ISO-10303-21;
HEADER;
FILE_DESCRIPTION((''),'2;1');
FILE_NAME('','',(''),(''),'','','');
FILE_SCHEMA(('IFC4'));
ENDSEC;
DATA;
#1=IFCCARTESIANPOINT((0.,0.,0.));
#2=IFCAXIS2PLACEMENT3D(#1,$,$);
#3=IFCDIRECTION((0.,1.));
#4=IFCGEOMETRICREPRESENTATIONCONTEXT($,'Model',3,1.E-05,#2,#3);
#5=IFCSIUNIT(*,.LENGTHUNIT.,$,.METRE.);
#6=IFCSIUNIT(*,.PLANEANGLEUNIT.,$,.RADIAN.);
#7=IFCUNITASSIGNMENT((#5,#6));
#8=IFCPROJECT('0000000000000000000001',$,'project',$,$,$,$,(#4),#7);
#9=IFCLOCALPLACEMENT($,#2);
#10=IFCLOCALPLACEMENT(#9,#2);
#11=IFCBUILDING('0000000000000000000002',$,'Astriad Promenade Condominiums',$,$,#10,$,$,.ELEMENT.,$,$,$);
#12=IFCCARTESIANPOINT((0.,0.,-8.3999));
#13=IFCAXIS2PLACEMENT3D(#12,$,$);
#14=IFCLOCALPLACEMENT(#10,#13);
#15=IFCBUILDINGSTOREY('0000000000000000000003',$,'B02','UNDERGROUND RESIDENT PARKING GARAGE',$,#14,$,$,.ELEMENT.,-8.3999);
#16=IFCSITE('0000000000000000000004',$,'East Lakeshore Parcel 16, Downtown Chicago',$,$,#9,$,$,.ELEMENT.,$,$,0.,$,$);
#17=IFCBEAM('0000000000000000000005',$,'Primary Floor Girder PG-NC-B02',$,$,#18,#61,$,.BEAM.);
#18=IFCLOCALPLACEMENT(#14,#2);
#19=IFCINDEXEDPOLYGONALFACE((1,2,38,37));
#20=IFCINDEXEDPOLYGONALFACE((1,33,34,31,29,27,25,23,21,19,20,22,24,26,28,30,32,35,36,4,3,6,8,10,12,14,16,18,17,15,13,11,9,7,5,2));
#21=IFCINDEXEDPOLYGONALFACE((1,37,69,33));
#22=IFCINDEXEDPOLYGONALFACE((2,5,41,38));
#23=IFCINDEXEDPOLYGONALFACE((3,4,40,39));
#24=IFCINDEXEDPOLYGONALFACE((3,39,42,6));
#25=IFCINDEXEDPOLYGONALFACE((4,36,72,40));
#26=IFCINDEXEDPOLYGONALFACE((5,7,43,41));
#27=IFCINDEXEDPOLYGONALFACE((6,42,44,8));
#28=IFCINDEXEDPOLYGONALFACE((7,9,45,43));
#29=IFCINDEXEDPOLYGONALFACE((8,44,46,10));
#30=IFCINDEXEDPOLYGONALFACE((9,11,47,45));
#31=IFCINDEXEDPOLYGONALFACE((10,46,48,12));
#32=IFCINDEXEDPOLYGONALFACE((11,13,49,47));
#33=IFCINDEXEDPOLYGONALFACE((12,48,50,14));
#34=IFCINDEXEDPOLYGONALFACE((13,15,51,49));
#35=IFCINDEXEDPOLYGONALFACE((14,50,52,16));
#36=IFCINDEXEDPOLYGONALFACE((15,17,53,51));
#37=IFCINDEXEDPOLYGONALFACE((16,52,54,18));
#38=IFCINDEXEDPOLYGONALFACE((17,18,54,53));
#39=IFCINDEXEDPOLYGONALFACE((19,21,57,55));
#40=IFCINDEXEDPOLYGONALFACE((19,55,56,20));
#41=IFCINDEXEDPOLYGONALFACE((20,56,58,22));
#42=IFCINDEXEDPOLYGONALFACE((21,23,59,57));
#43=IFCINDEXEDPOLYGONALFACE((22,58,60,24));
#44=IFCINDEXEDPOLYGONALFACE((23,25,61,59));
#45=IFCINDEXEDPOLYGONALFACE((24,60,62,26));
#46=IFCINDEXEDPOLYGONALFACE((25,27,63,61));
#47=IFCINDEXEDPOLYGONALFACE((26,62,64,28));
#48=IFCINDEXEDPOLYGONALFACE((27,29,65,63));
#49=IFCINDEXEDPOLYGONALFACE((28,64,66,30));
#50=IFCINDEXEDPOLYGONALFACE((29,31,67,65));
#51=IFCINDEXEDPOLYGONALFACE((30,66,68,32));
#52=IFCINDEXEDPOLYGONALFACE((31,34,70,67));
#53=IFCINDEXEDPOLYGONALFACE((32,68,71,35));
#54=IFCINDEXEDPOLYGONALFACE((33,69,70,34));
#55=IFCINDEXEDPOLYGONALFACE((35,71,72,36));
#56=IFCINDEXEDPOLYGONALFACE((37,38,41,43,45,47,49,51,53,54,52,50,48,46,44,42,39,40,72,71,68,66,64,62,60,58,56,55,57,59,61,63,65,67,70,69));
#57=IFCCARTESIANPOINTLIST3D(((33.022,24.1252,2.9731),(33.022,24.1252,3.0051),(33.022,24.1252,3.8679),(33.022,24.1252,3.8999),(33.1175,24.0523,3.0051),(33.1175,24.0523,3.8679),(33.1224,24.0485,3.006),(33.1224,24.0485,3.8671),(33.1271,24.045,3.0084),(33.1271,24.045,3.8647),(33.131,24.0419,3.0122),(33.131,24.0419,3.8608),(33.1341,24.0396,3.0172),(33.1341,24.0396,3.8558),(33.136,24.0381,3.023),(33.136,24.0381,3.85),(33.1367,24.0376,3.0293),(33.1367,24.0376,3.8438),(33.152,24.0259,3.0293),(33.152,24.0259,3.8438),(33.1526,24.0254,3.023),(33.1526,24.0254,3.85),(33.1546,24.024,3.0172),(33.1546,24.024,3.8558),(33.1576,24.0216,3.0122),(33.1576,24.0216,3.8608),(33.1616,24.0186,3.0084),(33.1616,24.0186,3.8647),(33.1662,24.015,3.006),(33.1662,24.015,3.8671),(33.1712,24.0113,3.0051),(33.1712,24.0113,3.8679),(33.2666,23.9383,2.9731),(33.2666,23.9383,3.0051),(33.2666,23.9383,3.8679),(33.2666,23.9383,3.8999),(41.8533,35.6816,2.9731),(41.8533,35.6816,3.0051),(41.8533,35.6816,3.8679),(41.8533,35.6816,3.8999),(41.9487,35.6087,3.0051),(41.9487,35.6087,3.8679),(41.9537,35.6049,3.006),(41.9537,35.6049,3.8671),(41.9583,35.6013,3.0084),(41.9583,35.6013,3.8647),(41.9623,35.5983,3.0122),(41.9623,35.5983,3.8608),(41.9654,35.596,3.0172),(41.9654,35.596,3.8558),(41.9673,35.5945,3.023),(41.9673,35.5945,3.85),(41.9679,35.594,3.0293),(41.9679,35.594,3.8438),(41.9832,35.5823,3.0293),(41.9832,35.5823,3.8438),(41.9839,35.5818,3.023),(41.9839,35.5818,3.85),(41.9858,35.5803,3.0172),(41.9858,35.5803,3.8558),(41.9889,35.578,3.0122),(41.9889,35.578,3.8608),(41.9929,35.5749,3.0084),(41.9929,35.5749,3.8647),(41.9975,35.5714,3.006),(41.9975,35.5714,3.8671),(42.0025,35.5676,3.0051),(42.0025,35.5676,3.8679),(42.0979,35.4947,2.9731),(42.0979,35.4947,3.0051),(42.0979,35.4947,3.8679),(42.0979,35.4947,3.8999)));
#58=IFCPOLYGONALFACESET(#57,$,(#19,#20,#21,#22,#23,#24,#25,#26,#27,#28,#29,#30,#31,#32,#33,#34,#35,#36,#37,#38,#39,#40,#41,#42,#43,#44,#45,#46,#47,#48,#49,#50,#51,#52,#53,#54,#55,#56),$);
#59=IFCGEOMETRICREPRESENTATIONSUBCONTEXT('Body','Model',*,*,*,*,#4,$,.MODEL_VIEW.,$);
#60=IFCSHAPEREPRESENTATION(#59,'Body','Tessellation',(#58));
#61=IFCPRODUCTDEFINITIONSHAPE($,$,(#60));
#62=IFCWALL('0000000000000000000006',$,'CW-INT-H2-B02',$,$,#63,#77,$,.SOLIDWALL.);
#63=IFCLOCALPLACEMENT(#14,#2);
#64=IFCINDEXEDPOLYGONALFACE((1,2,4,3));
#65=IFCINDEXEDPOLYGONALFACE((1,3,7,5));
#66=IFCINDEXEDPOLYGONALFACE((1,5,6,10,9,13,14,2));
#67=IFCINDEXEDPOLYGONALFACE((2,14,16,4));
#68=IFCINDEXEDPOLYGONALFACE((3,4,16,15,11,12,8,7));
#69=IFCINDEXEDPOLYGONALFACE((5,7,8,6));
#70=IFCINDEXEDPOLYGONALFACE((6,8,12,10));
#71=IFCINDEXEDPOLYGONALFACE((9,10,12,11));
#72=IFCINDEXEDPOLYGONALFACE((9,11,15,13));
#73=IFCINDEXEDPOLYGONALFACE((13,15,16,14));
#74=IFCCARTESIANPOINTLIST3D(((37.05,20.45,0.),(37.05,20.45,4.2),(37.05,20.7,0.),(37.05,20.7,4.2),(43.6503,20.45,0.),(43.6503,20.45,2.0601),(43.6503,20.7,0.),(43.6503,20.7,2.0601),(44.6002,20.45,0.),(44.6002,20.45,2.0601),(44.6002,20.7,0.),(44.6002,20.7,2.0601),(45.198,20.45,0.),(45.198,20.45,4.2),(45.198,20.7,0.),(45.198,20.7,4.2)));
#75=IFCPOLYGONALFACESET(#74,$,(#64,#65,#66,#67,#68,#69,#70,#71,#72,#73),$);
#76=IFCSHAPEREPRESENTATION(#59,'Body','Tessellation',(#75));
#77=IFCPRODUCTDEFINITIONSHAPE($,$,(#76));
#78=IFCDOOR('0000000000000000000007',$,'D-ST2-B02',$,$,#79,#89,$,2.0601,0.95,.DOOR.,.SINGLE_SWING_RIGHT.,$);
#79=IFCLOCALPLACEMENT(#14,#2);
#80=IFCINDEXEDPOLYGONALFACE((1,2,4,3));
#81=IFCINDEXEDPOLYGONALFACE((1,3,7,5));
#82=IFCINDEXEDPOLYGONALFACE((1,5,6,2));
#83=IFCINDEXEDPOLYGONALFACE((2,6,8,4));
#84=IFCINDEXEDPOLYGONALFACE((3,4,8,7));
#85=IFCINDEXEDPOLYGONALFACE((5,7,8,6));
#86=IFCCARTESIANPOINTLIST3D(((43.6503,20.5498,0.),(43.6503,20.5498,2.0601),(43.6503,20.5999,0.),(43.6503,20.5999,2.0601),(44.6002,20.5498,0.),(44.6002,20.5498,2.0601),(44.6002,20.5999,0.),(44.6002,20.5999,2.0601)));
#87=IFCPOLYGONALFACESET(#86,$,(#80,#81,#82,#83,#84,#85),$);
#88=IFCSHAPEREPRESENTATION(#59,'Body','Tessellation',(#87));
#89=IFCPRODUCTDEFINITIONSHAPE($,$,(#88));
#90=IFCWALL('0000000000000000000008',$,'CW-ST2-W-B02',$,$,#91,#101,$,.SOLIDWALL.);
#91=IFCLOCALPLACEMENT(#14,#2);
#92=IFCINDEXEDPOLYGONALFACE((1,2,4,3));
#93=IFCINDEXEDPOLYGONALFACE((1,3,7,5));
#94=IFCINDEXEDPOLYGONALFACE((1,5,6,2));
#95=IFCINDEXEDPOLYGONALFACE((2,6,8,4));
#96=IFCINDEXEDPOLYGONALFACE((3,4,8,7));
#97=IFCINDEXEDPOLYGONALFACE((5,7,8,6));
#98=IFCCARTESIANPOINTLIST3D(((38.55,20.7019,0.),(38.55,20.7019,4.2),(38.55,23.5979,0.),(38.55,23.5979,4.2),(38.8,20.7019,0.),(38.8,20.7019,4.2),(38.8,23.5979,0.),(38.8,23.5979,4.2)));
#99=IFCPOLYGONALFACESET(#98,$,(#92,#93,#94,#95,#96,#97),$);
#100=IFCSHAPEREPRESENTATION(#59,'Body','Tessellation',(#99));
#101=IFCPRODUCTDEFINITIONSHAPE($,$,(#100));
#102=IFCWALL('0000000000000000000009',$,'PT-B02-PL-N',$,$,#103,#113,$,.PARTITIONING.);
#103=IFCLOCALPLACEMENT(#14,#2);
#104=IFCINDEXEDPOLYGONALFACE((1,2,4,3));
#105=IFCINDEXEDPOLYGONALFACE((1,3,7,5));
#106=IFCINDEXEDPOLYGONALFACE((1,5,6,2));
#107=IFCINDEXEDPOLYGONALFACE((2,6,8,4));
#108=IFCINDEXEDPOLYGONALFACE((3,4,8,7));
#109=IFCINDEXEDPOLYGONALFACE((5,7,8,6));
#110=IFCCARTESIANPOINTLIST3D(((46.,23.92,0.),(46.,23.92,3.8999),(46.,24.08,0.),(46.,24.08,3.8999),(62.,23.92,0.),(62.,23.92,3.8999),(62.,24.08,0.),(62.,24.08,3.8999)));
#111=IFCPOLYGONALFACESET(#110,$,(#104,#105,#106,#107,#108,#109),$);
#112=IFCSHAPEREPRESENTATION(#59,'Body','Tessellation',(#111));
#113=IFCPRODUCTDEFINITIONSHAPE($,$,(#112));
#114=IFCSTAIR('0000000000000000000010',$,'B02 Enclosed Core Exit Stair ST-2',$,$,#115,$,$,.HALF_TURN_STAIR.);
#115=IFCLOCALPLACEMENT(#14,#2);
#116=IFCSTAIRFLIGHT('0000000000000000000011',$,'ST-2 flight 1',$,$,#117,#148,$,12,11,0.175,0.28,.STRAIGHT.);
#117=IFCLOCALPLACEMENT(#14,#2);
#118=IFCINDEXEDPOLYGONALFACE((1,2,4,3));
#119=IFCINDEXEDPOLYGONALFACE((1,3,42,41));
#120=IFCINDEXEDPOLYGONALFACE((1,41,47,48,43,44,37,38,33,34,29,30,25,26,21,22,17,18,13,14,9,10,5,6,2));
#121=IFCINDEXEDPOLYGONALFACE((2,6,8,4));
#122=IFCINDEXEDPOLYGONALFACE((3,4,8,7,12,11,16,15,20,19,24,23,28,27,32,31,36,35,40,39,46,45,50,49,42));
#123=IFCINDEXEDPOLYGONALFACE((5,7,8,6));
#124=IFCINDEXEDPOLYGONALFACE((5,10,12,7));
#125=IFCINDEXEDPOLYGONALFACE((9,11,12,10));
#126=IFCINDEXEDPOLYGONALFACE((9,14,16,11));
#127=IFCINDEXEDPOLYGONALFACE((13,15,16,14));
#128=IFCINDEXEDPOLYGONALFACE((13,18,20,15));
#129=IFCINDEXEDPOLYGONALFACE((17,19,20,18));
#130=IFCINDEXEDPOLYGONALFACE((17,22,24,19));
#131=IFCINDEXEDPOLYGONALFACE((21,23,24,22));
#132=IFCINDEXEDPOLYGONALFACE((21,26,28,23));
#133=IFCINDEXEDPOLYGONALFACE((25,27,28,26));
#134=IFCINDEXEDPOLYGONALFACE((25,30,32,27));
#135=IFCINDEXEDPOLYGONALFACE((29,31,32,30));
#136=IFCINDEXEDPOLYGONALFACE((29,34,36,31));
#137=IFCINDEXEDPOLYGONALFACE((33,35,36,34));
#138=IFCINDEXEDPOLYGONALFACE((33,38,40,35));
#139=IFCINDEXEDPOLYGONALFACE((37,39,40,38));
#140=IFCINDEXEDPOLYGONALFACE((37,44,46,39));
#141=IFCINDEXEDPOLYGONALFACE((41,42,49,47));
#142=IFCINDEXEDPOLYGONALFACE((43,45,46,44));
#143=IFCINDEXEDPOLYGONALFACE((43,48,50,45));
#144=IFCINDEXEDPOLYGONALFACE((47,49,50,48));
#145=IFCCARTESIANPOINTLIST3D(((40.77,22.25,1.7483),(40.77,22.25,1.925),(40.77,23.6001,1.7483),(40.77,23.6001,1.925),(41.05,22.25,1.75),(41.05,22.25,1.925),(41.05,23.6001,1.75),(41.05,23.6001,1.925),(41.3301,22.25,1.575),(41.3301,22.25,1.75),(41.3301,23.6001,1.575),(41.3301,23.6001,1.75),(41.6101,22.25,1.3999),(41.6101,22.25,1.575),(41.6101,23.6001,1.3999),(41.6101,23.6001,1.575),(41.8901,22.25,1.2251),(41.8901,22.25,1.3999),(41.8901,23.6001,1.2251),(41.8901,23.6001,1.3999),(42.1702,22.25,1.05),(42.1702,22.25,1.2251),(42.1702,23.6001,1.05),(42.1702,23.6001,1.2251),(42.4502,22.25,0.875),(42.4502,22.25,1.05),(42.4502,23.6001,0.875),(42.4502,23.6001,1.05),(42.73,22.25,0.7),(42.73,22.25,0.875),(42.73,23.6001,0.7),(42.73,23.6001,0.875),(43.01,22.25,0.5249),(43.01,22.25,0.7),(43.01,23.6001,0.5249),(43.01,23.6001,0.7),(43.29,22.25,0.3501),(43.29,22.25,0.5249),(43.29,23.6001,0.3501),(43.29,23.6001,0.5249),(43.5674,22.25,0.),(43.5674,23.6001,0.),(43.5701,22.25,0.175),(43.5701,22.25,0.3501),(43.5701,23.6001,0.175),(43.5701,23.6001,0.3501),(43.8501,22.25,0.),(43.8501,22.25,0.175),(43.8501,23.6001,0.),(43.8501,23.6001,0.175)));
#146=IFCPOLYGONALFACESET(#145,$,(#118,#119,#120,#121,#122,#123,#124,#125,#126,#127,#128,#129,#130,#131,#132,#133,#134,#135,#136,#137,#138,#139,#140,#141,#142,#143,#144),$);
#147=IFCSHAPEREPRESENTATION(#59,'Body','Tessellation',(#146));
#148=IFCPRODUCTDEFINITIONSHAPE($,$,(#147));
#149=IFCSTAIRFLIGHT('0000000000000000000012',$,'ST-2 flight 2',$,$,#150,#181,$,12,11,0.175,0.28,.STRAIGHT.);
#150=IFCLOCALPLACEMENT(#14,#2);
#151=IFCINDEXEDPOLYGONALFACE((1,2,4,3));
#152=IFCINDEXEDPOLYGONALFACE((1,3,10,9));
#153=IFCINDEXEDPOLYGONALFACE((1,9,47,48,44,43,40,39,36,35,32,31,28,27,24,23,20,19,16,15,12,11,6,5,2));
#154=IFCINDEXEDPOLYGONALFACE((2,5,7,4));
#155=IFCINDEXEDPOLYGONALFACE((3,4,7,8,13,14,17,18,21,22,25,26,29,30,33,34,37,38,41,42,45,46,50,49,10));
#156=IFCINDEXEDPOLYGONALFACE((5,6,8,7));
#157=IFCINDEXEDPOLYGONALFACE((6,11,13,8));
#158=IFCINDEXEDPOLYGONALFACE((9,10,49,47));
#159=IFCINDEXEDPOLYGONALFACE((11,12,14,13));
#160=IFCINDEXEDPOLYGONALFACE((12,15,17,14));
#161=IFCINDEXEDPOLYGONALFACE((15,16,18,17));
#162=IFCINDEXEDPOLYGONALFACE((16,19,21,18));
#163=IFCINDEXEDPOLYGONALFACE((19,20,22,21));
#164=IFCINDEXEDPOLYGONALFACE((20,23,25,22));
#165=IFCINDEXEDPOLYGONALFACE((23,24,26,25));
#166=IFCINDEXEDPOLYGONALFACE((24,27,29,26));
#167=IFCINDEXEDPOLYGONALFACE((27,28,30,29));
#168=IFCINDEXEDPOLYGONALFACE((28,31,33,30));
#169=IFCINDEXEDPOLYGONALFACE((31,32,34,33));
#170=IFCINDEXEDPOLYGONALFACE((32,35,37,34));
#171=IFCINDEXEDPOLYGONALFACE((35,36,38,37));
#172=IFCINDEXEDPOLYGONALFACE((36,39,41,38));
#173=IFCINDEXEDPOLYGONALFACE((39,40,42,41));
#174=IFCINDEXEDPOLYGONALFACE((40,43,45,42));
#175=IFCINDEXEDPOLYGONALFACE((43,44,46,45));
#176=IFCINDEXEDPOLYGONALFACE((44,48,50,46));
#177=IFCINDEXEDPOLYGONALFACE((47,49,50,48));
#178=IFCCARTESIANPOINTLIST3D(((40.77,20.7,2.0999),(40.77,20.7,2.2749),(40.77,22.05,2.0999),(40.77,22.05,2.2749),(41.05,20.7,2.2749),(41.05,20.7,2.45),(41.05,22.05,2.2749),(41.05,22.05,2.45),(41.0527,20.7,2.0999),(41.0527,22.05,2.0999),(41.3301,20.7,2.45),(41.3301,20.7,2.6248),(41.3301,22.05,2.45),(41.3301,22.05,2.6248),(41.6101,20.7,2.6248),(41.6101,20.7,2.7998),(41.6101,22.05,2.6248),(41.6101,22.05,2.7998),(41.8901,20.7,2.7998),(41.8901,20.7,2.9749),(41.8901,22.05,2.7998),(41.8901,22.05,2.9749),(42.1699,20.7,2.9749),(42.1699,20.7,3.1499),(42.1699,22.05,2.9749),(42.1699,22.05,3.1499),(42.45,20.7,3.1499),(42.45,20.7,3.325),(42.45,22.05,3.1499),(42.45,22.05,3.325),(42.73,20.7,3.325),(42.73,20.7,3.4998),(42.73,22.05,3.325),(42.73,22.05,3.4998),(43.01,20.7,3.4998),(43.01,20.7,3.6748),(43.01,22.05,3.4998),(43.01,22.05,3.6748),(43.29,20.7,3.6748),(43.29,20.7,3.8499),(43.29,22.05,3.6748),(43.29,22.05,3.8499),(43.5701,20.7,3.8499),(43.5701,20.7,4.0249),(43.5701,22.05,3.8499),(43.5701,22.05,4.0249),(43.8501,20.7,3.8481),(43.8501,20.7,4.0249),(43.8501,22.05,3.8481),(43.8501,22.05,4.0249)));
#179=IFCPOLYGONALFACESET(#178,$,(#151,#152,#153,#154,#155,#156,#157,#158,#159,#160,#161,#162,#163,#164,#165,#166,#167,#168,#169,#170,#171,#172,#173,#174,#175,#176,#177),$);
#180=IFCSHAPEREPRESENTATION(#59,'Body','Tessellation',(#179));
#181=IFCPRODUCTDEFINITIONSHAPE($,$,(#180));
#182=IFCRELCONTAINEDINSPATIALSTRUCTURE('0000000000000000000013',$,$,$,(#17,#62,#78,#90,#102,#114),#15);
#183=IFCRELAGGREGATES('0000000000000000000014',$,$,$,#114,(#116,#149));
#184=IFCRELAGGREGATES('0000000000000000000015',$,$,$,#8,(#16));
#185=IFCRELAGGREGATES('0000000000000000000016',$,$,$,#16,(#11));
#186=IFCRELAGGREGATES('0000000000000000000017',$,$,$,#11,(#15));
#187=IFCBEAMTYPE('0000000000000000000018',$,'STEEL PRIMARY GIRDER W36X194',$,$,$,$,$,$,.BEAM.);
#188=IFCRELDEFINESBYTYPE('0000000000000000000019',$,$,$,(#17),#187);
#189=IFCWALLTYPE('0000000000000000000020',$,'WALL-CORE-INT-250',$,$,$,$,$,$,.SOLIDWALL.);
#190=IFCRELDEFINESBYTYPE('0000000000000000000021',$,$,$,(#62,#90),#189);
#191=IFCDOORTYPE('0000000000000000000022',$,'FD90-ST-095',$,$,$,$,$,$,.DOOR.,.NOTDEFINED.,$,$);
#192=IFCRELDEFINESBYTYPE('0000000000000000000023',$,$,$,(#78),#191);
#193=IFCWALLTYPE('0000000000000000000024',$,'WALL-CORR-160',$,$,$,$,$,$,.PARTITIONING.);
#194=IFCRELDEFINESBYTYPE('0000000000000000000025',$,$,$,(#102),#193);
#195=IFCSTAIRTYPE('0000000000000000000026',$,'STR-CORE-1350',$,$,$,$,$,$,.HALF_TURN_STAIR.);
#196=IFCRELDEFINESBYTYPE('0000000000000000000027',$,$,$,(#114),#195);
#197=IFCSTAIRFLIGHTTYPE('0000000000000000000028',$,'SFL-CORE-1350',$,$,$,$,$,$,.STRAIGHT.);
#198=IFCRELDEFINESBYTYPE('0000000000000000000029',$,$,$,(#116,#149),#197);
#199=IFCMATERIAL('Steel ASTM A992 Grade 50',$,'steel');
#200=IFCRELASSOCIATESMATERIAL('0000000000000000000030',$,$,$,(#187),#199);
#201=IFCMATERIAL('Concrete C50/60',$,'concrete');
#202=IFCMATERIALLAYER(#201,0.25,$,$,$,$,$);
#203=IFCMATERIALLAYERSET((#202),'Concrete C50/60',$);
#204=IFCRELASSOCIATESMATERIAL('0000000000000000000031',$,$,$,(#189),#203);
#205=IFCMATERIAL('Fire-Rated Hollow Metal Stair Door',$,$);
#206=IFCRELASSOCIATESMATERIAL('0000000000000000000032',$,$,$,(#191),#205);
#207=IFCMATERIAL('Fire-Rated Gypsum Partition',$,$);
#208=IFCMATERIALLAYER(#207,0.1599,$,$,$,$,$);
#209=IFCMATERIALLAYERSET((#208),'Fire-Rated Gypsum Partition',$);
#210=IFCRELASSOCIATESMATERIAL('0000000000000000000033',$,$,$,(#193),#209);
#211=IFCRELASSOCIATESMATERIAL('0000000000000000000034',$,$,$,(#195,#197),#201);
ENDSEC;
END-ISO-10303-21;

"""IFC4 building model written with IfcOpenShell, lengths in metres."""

from ifc_helpers import new_model, si_unit, direction, frame, frame_2d, origin, origin_2d, place, context, subcontext, project, spatial, polyline, rectangle, i_section, outline, extrude, source, transform, mapped, material, layer, layer_set, material_profile, profile_set, type_object, type_shapes, element, fill, aggregate, save


model = new_model("IFC4")

# Units and contexts
model_context = context("Model", 3, precision=1e-05, world=origin(), true_north=direction((0.0, 1.0)))
body_context = subcontext(model_context, "Body", "Model", "MODEL_VIEW")
ifc_project = project(units=[si_unit("LENGTHUNIT", "METRE"), si_unit("PLANEANGLEUNIT", "RADIAN")], contexts=[model_context])

# Site, building, storey
site_placement = place(None, origin())
site = spatial("IfcSite", under=ifc_project, at=site_placement, Name="East Lakeshore Parcel 16, Downtown Chicago", CompositionType="ELEMENT", RefElevation=0.0)
building_placement = place(site_placement, origin())
building = spatial("IfcBuilding", under=site, at=building_placement, Name="Astriad Promenade Condominiums", CompositionType="ELEMENT")
storey_placement = place(building_placement, frame((0.0, 0.0, -8.3999)))
storey = spatial("IfcBuildingStorey", under=building, at=storey_placement, Name="B02", Description="UNDERGROUND RESIDENT PARKING GARAGE", CompositionType="ELEMENT", Elevation=-8.3999)

# Shared definitions
ifc_material_1 = material(Name="Concrete C50/60", Category="concrete")

# Shared definitions
ifc_material_2 = material(Name="Steel ASTM A992 Grade 50", Category="steel")

# Beam
ifc_material_profile_1 = material_profile(ifc_material_2, i_section(OverallWidth=0.3079, OverallDepth=0.9268, WebThickness=0.0193, FlangeThickness=0.032, FilletRadius=0.0242, at=origin_2d()), Name="W36X194")
ifc_profile_set_1 = profile_set([ifc_material_profile_1], Name="Steel ASTM A992 Grade 50")
beam_type_1 = type_object("IfcBeamType", Name="STEEL PRIMARY GIRDER W36X194", PredefinedType="BEAM", material=ifc_profile_set_1)
shared_shape_1 = source(origin(), body_context, "Body", "SweptSolid", [
    extrude(i_section(OverallWidth=0.3079, OverallDepth=0.9268, WebThickness=0.0193, FlangeThickness=0.032, FilletRadius=0.0242, at=origin_2d()), origin(), (0.0, 0.0, 1.0), 14.5444),
])
type_shapes(beam_type_1, [shared_shape_1])
beam_1_placement = place(storey_placement, frame((41.9756, 35.5881, 3.4365), z_axis=(-0.607192, -0.794555, 0.0), x_axis=(0.794555, -0.607192, 0.0)))
element("IfcBeam", 1, at=beam_1_placement, inside=storey, type_object=beam_type_1, Name="Primary Floor Girder PG-NC-B02", PredefinedType="BEAM", context=body_context, shape_type="MappedRepresentation", body=[
    mapped(shared_shape_1, transform((0.0, 0.0, 0.0), scale=1.0)),
])

# Wall, opening, door
ifc_layer_1 = layer(ifc_material_1, 0.25)
ifc_layer_set_1 = layer_set([ifc_layer_1], Name="Concrete C50/60")
wall_type_1 = type_object("IfcWallType", Name="WALL-CORE-INT-250", PredefinedType="SOLIDWALL", material=ifc_layer_set_1)
wall_1_placement = place(storey_placement, frame((37.05, 20.575, 0.0), z_axis=(0.0, 0.0, 1.0), x_axis=(1.0, 0.0, 0.0)))
wall_1 = element("IfcWall", 2, at=wall_1_placement, inside=storey, type_object=wall_type_1, Name="CW-INT-H2-B02", PredefinedType="SOLIDWALL", context=body_context, shape_type="SweptSolid", body=[
    extrude(rectangle(XDim=8.1479, YDim=0.25, at=frame_2d((4.074, 0.0))), origin(), (0.0, 0.0, 1.0), 4.2),
])
opening_placement = place(wall_1_placement, frame((6.6001, 0.0, 0.0)))
opening = element("IfcOpeningElement", 3, at=opening_placement, cuts=wall_1, PredefinedType="OPENING", context=body_context, shape_type="SweptSolid", body=[
    extrude(rectangle(XDim=0.95, YDim=2.0601, at=frame_2d((0.4751, 1.03))), frame((0.0, 0.135, 0.0), z_axis=(0.0, -1.0, 0.0), x_axis=(1.0, 0.0, 0.0)), (0.0, 0.0, 1.0), 0.27),
])
ifc_material_3 = material(Name="Fire-Rated Hollow Metal Stair Door")
door_type = type_object("IfcDoorType", Name="FD90-ST-095", OperationType="NOTDEFINED", PredefinedType="DOOR", material=ifc_material_3)
shared_shape_2 = source(origin(), body_context, "Body", "SweptSolid", [
    extrude(rectangle(XDim=0.95, YDim=2.0601, at=frame_2d((0.4751, 1.03))), frame((0.0, 0.0249, 0.0), z_axis=(0.0, -1.0, 0.0), x_axis=(1.0, 0.0, 0.0)), (0.0, 0.0, 1.0), 0.05),
])
type_shapes(door_type, [shared_shape_2])
door_placement = place(opening_placement, origin())
door = element("IfcDoor", 4, at=door_placement, inside=storey, type_object=door_type, Name="D-ST2-B02", OperationType="SINGLE_SWING_RIGHT", OverallHeight=2.0601, OverallWidth=0.95, PredefinedType="DOOR", context=body_context, shape_type="MappedRepresentation", body=[
    mapped(shared_shape_2, transform((0.0, 0.0, 0.0), scale=1.0)),
])
fill(opening, door)

# Walls
wall_2_placement = place(storey_placement, frame((38.675, 20.7019, 0.0), z_axis=(0.0, 0.0, 1.0), x_axis=(0.0, 1.0, 0.0)))
element("IfcWall", 5, at=wall_2_placement, inside=storey, type_object=wall_type_1, Name="CW-ST2-W-B02", PredefinedType="SOLIDWALL", context=body_context, shape_type="SweptSolid", body=[
    extrude(rectangle(XDim=2.896, YDim=0.25, at=frame_2d((1.448, 0.0))), origin(), (0.0, 0.0, 1.0), 4.2),
])
ifc_material_4 = material(Name="Fire-Rated Gypsum Partition")
ifc_layer_2 = layer(ifc_material_4, 0.1599)
ifc_layer_set_2 = layer_set([ifc_layer_2], Name="Fire-Rated Gypsum Partition")
wall_type_2 = type_object("IfcWallType", Name="WALL-CORR-160", PredefinedType="PARTITIONING", material=ifc_layer_set_2)
wall_3_placement = place(storey_placement, frame((46.0, 24.0, 0.0), z_axis=(0.0, 0.0, 1.0), x_axis=(1.0, 0.0, 0.0)))
element("IfcWall", 6, at=wall_3_placement, inside=storey, type_object=wall_type_2, Name="PT-B02-PL-N", PredefinedType="PARTITIONING", context=body_context, shape_type="SweptSolid", body=[
    extrude(rectangle(XDim=16.0, YDim=0.1599, at=frame_2d((8.0, 0.0))), origin(), (0.0, 0.0, 1.0), 3.8999),
])

# Stair, stair flights
stair_type = type_object("IfcStairType", Name="STR-CORE-1350", PredefinedType="HALF_TURN_STAIR", material=ifc_material_1)
stair_placement = place(storey_placement, origin())
stair = element("IfcStair", 7, at=stair_placement, inside=storey, type_object=stair_type, Name="B02 Enclosed Core Exit Stair ST-2", PredefinedType="HALF_TURN_STAIR")
stair_flight_type = type_object("IfcStairFlightType", Name="SFL-CORE-1350", PredefinedType="STRAIGHT", material=ifc_material_1)
shared_shape_3 = source(origin(), body_context, "Body", "SweptSolid", [
    extrude(outline(polyline([(0.0, 0.0), (0.0, 0.175), (0.28, 0.175), (0.28, 0.3501), (0.5601, 0.3501), (0.5601, 0.5249), (0.8401, 0.5249), (0.8401, 0.7), (1.1201, 0.7), (1.1201, 0.875), (1.3999, 0.875), (1.3999, 1.05), (1.6799, 1.05), (1.6799, 1.2251), (1.96, 1.2251), (1.96, 1.3999), (2.24, 1.3999), (2.24, 1.575), (2.52, 1.575), (2.52, 1.75), (2.8, 1.75), (2.8, 1.925), (3.0801, 1.925), (3.0801, 2.1001), (3.0801, 1.7483), (0.2827, 0.0), (0.0, 0.0)])), frame((0.0, 0.675, 0.0), z_axis=(0.0, -1.0, 0.0), x_axis=(1.0, 0.0, 0.0)), (0.0, 0.0, 1.0), 1.3501),
])
type_shapes(stair_flight_type, [shared_shape_3])
stair_flight_1_placement = place(storey_placement, frame((43.8501, 22.925, 0.0), z_axis=(0.0, 0.0, 1.0), x_axis=(-1.0, 0.0, 0.0)))
stair_flight_1 = element("IfcStairFlight", 8, at=stair_flight_1_placement, type_object=stair_flight_type, Name="ST-2 flight 1", NumberOfRisers=12, NumberOfTreads=11, PredefinedType="STRAIGHT", RiserHeight=0.175, TreadLength=0.28, context=body_context, shape_type="MappedRepresentation", body=[
    mapped(shared_shape_3, transform((0.0, 0.0, 0.0), scale=1.0)),
])
stair_flight_2_placement = place(storey_placement, frame((40.77, 21.375, 2.0999), z_axis=(0.0, 0.0, 1.0), x_axis=(1.0, 0.0, 0.0)))
stair_flight_2 = element("IfcStairFlight", 9, at=stair_flight_2_placement, type_object=stair_flight_type, Name="ST-2 flight 2", NumberOfRisers=12, NumberOfTreads=11, PredefinedType="STRAIGHT", RiserHeight=0.175, TreadLength=0.28, context=body_context, shape_type="MappedRepresentation", body=[
    mapped(shared_shape_3, transform((0.0, 0.0, 0.0), scale=1.0)),
])
aggregate(stair, [stair_flight_1, stair_flight_2])

save(model, "model.ifc")
